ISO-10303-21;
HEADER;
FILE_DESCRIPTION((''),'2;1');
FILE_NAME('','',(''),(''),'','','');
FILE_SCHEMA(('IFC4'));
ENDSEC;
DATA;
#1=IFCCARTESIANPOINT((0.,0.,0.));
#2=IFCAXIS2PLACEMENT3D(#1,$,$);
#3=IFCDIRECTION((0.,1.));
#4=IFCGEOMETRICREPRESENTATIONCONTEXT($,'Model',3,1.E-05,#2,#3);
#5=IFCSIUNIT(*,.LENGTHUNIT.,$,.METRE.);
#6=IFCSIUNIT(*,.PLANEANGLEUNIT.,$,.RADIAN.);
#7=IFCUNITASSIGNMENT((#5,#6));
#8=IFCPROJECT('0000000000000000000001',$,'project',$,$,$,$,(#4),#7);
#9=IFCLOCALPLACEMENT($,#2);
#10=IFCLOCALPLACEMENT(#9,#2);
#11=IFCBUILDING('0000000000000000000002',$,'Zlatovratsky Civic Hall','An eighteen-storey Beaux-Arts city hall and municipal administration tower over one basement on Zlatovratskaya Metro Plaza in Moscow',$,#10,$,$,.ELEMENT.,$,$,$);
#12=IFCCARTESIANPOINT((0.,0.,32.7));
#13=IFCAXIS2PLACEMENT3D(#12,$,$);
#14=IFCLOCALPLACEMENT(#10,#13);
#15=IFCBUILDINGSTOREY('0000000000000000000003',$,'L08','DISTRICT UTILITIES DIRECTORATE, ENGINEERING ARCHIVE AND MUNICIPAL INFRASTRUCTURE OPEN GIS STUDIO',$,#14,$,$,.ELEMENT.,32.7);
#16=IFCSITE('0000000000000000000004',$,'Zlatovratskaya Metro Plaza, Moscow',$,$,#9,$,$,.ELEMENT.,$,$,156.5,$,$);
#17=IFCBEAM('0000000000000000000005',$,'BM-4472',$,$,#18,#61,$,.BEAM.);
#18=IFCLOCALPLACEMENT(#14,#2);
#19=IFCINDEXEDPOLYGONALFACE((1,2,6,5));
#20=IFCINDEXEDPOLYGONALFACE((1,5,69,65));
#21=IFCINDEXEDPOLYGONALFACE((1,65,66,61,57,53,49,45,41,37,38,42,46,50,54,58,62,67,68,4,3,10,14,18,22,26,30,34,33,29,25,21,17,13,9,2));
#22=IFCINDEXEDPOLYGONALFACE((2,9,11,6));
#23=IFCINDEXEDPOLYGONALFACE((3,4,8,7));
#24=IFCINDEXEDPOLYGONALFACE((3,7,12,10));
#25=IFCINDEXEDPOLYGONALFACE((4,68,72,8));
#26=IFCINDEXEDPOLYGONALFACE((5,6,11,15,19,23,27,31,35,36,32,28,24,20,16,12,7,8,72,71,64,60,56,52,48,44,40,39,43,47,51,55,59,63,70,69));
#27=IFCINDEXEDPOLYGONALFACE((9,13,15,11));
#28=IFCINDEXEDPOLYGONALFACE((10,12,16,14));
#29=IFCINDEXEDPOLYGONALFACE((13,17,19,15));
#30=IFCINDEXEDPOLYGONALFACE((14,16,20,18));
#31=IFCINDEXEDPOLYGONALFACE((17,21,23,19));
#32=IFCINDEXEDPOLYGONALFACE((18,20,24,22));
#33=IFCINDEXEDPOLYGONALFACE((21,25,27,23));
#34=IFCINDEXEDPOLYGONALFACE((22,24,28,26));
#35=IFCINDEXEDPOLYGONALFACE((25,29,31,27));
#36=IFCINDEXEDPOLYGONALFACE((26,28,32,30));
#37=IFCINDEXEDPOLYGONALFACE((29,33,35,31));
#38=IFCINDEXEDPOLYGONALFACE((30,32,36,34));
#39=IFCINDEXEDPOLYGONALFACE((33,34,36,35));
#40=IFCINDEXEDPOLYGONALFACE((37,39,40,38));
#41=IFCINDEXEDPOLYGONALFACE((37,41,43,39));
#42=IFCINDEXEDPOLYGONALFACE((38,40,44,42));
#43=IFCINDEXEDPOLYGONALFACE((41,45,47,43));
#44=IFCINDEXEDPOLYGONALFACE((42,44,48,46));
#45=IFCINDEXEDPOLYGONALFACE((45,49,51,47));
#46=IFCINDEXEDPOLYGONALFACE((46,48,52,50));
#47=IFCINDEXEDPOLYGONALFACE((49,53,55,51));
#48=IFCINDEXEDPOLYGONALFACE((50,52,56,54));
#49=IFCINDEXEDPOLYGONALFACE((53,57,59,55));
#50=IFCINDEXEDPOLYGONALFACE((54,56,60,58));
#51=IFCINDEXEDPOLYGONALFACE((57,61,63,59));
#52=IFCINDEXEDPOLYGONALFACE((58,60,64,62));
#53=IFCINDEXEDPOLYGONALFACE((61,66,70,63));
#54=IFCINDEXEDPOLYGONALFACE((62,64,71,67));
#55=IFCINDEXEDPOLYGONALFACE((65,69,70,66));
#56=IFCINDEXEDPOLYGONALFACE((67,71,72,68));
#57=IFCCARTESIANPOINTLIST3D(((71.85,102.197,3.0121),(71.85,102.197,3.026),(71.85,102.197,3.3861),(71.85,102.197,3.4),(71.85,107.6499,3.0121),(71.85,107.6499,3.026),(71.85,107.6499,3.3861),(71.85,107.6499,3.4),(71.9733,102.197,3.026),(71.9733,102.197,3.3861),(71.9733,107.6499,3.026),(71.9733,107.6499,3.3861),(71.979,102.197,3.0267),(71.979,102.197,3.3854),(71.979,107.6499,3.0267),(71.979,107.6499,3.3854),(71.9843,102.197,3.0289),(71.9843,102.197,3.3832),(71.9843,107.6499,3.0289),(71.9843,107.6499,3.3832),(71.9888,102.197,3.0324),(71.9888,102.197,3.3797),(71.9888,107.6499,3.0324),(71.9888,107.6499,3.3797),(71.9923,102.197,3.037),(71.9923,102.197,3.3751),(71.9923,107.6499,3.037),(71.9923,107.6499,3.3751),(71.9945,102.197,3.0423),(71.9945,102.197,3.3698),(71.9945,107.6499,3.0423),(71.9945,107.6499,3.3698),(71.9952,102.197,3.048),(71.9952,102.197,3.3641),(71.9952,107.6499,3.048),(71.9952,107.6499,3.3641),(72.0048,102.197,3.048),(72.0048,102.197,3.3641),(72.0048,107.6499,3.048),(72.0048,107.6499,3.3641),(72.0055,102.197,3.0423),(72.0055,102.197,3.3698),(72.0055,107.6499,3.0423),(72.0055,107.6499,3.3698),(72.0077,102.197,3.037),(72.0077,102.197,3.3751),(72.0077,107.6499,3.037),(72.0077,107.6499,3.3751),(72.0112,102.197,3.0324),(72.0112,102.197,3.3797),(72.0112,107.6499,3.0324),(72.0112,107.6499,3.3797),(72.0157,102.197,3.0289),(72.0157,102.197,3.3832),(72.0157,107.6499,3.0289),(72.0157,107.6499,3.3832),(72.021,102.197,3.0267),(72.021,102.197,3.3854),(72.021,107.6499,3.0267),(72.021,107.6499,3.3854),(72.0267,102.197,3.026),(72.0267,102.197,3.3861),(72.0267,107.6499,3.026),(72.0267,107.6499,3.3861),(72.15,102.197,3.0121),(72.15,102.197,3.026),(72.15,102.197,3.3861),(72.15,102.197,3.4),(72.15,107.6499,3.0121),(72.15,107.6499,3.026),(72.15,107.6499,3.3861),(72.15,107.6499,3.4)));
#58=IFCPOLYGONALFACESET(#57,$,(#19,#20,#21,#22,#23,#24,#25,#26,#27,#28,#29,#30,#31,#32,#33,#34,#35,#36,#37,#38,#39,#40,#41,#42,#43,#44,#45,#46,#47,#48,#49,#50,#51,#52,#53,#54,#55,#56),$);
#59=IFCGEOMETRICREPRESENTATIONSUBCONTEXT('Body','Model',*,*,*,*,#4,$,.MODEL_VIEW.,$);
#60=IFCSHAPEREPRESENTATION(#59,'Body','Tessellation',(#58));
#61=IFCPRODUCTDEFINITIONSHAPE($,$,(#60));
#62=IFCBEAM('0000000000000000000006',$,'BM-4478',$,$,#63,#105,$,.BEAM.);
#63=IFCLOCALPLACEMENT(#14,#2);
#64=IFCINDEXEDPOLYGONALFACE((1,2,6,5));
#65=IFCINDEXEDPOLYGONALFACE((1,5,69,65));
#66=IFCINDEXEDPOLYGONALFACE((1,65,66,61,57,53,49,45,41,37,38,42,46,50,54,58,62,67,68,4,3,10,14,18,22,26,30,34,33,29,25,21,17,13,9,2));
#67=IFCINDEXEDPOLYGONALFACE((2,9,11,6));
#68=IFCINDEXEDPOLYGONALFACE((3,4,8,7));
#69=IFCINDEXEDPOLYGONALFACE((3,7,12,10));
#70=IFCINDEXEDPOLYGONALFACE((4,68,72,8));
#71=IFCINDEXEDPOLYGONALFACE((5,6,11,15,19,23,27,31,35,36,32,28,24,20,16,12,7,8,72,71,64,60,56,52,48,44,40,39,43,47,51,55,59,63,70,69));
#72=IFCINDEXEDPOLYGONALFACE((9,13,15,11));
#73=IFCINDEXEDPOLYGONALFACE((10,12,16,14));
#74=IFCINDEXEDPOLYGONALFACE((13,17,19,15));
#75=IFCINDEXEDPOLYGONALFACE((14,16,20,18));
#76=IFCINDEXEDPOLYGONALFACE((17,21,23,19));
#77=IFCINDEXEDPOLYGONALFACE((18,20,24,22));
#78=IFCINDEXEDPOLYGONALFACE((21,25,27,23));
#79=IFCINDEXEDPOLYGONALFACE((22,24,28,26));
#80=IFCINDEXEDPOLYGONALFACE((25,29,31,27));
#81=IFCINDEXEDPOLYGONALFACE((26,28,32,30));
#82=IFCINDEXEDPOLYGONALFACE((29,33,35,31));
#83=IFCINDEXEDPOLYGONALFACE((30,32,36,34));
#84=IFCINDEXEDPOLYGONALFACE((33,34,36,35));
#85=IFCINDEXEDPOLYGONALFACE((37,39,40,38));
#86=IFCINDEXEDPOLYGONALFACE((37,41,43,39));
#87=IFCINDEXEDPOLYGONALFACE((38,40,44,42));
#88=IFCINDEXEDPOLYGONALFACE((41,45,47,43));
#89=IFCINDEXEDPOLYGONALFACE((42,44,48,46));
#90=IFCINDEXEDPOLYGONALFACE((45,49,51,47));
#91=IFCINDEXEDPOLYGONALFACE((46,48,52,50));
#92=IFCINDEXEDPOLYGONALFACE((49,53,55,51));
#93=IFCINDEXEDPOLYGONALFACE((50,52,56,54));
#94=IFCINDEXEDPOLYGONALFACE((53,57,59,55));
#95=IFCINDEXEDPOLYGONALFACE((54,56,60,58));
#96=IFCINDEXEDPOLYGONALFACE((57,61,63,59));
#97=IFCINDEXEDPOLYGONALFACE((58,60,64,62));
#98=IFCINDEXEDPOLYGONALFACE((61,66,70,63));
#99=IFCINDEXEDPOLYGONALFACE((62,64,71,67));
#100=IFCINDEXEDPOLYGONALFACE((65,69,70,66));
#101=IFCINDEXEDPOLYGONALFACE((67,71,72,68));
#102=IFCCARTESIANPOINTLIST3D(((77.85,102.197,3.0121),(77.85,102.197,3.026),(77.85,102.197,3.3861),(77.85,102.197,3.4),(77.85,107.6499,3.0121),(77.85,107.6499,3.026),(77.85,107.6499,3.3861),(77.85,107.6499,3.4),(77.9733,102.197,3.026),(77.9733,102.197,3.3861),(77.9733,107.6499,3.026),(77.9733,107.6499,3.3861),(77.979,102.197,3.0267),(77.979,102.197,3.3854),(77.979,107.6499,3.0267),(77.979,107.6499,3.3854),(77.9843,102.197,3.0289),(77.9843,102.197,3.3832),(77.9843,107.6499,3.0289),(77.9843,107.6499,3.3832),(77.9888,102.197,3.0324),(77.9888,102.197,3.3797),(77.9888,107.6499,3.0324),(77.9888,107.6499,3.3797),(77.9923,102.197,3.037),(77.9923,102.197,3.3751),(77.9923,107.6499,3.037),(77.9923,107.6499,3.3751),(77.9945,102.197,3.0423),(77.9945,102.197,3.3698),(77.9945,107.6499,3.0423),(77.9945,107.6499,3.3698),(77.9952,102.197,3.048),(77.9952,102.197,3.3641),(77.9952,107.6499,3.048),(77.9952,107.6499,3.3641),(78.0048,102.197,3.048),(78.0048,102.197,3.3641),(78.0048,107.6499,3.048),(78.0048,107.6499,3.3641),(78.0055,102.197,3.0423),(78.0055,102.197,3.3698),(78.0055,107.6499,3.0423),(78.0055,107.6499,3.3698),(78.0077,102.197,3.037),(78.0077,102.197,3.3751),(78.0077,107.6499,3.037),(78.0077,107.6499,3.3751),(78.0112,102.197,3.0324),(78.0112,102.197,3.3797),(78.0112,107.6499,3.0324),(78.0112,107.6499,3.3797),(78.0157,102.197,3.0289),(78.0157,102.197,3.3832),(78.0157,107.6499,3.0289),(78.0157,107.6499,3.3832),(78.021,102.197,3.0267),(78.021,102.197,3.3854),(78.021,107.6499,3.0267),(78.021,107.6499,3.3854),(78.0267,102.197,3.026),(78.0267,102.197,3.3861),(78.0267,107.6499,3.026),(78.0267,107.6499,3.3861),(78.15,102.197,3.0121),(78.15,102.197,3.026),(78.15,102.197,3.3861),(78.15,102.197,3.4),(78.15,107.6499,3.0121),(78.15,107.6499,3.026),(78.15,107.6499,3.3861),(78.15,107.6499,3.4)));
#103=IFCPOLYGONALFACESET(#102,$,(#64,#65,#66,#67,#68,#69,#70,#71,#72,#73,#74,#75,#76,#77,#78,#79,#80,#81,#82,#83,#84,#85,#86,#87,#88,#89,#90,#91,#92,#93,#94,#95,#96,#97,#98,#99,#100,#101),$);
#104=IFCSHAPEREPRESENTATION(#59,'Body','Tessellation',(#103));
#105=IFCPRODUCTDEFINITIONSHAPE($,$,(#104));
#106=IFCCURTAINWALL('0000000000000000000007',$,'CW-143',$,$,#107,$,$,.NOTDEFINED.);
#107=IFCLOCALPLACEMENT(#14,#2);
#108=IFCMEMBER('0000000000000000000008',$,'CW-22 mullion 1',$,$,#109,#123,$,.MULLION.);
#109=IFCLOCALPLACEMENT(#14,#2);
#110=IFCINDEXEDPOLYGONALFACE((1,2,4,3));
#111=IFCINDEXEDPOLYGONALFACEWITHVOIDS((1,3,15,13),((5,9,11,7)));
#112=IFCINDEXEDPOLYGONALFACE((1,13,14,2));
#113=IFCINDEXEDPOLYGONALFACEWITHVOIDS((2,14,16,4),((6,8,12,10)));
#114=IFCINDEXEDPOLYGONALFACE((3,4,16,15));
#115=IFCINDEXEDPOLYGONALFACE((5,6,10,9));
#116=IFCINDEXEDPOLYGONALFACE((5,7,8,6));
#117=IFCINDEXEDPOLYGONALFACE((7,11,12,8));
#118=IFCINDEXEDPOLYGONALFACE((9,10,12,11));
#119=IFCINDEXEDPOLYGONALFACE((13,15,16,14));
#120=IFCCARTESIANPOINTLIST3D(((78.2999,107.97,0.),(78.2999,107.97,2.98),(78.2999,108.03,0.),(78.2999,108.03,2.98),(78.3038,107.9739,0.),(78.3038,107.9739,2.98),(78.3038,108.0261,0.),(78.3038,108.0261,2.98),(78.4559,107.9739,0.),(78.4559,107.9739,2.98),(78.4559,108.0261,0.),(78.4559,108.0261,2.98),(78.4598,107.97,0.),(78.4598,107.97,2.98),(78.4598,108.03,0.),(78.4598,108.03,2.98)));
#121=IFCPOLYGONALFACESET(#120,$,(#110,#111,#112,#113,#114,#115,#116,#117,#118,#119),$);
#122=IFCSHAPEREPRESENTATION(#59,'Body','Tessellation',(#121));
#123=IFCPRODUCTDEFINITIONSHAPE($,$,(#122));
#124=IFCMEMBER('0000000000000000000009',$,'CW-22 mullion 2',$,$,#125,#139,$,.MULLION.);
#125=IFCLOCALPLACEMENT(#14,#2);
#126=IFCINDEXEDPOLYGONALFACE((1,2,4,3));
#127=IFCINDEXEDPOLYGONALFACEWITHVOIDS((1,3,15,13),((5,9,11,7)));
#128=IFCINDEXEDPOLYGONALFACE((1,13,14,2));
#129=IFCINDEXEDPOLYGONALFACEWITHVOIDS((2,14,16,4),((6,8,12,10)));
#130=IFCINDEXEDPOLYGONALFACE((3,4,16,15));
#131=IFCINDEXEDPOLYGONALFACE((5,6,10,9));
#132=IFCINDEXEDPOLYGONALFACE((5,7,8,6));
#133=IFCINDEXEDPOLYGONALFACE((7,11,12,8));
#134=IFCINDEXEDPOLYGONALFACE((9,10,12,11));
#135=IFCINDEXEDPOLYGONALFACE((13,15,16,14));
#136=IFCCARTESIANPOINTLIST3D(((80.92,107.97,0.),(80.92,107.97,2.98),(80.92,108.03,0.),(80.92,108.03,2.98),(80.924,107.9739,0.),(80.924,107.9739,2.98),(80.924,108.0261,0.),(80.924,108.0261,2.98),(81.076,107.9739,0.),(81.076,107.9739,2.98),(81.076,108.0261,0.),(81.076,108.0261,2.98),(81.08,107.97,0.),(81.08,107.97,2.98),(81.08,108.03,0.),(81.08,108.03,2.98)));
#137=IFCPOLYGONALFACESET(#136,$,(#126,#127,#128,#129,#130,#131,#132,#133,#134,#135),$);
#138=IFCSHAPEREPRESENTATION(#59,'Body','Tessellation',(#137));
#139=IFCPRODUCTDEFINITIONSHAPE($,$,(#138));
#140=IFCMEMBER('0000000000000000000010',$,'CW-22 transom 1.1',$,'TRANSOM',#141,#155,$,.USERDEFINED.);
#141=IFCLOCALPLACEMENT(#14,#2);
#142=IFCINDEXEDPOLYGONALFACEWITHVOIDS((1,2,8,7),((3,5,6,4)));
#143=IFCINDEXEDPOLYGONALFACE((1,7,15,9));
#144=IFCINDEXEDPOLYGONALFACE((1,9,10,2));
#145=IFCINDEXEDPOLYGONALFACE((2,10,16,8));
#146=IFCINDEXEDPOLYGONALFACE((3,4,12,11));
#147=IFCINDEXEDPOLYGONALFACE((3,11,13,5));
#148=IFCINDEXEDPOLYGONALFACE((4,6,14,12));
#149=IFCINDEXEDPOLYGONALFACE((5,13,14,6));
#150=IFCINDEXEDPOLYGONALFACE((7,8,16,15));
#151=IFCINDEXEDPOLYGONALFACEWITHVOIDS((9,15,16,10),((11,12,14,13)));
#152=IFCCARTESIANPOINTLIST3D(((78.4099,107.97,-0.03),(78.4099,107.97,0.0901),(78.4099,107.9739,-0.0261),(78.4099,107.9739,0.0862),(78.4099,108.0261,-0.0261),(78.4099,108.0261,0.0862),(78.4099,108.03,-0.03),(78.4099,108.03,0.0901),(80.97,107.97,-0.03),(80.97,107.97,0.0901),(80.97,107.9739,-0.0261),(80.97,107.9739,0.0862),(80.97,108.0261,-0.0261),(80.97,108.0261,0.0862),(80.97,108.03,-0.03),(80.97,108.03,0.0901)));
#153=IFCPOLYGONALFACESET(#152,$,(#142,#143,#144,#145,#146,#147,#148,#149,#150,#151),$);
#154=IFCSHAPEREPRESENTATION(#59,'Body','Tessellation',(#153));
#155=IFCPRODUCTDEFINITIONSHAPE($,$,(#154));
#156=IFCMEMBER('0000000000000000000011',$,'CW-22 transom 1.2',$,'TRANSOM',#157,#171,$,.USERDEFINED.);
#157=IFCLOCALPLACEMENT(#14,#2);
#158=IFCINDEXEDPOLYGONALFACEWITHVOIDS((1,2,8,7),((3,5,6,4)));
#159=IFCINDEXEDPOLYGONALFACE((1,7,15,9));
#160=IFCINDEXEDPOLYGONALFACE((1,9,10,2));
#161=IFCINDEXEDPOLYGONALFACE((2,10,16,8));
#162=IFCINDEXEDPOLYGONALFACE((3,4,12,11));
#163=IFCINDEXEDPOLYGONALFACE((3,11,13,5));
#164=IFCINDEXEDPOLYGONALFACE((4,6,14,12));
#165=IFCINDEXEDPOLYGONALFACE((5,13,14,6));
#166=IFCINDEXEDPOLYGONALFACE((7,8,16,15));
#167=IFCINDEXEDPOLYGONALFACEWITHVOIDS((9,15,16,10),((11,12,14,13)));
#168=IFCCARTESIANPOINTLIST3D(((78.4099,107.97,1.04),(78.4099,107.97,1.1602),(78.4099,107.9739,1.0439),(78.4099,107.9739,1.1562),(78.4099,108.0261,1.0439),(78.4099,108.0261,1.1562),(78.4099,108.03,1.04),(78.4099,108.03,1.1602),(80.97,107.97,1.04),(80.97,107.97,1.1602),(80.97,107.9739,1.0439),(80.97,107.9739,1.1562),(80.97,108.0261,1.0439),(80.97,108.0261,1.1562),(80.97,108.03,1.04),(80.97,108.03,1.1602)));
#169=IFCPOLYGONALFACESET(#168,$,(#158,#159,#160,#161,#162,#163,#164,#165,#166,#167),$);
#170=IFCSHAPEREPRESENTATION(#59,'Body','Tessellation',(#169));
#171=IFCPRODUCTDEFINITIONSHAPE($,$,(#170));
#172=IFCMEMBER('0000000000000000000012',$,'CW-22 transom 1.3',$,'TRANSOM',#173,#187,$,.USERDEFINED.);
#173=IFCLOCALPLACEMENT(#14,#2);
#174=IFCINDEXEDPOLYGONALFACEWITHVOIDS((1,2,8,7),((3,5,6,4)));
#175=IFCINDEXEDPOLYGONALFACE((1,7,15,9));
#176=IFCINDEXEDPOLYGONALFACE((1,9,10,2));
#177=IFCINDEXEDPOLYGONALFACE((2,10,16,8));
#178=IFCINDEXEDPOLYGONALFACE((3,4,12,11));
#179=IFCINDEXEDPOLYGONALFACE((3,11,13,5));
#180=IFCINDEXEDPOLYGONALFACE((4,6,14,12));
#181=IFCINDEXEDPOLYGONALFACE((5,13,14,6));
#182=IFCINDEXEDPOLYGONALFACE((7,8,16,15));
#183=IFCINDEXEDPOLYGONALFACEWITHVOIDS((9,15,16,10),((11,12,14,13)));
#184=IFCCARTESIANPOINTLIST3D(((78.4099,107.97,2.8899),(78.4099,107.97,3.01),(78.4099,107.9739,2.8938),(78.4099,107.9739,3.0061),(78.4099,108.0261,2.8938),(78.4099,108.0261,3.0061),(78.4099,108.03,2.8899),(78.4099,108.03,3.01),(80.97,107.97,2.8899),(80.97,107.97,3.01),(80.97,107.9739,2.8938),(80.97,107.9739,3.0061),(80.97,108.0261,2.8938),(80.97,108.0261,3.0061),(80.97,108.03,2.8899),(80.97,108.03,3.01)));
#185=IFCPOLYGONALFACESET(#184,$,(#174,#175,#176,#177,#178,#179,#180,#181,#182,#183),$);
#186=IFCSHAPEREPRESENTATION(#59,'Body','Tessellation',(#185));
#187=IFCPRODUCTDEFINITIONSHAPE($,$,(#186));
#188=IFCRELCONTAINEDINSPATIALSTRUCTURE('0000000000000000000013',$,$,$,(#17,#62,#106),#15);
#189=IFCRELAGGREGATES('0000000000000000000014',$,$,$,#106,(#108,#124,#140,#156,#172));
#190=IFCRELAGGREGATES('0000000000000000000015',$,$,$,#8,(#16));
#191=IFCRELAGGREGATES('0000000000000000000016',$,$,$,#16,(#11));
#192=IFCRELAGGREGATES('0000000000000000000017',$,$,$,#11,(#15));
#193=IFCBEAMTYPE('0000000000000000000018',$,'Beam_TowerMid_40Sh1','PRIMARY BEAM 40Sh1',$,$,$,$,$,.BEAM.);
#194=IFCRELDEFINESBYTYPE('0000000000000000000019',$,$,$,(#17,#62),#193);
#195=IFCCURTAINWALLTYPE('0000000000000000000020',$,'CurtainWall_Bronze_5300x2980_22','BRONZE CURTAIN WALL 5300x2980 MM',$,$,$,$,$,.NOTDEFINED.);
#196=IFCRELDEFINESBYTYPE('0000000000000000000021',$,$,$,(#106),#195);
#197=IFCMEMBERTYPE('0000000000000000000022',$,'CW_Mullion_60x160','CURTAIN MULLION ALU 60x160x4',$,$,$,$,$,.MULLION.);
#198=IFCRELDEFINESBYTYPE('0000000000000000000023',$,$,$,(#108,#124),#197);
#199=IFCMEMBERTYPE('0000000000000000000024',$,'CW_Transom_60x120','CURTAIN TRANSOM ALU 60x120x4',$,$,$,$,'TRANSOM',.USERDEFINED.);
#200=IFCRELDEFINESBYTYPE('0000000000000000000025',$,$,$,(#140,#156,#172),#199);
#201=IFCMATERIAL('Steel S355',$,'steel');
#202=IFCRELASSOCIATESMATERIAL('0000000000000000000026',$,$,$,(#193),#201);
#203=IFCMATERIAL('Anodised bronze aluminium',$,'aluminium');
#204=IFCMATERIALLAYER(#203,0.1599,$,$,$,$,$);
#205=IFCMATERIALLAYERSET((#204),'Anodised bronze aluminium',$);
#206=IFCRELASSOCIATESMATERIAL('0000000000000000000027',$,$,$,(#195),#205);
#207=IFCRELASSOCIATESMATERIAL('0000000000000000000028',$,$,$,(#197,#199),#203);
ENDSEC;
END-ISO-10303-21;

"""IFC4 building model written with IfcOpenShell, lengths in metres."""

from ifc_helpers import new_model, si_unit, direction, frame, origin, origin_2d, place, context, subcontext, project, spatial, hollow_rectangle, i_section, extrude, material, layer, layer_set, material_profile, profile_set, type_object, element, aggregate, save


model = new_model("IFC4")

# Units and contexts
model_context = context("Model", 3, precision=1e-05, world=origin(), true_north=direction((0.0, 1.0)))
body_context = subcontext(model_context, "Body", "Model", "MODEL_VIEW")
ifc_project = project(units=[si_unit("LENGTHUNIT", "METRE"), si_unit("PLANEANGLEUNIT", "RADIAN")], contexts=[model_context])

# Site, building, storey
site_placement = place(None, origin())
site = spatial("IfcSite", under=ifc_project, at=site_placement, Name="Zlatovratskaya Metro Plaza, Moscow", CompositionType="ELEMENT", RefElevation=156.5)
building_placement = place(site_placement, origin())
building = spatial("IfcBuilding", under=site, at=building_placement, Name="Zlatovratsky Civic Hall", Description="An eighteen-storey Beaux-Arts city hall and municipal administration tower over one basement on Zlatovratskaya Metro Plaza in Moscow", CompositionType="ELEMENT")
storey_placement = place(building_placement, frame((0.0, 0.0, 32.7)))
storey = spatial("IfcBuildingStorey", under=building, at=storey_placement, Name="L08", Description="DISTRICT UTILITIES DIRECTORATE, ENGINEERING ARCHIVE AND MUNICIPAL INFRASTRUCTURE OPEN GIS STUDIO", CompositionType="ELEMENT", Elevation=32.7)

# Shared definitions
ifc_material_1 = material(Name="Steel S355", Category="steel")

# Beams
ifc_material_profile_1 = material_profile(ifc_material_1, i_section(OverallWidth=0.3, OverallDepth=0.3879, WebThickness=0.0095, FlangeThickness=0.0139, FilletRadius=0.022, at=origin_2d()), Name="40Sh1")
ifc_profile_set_1 = profile_set([ifc_material_profile_1], Name="Steel S355")
beam_type_1 = type_object("IfcBeamType", Name="Beam_TowerMid_40Sh1", Description="PRIMARY BEAM 40Sh1", PredefinedType="BEAM", material=ifc_profile_set_1)
for number, where, z_axis, x_axis, name in (
    (1, (72.0, 102.197, 3.2061), (0.0, 1.0, 0.0), (-1.0, 0.0, 0.0), "BM-4472"),
    (2, (78.0, 102.197, 3.2061), (0.0, 1.0, 0.0), (-1.0, 0.0, 0.0), "BM-4478"),
):
    element("IfcBeam", number, at=place(storey_placement, frame(where, z_axis=z_axis, x_axis=x_axis)), inside=storey, type_object=beam_type_1, Name=name, PredefinedType="BEAM", context=body_context, shape_type="SweptSolid", body=[
        extrude(i_section(OverallWidth=0.3, OverallDepth=0.3879, WebThickness=0.0095, FlangeThickness=0.0139, FilletRadius=0.022, at=origin_2d()), origin(), (0.0, 0.0, 1.0), 5.4529),
    ])

# Curtain wall, members
ifc_material_2 = material(Name="Anodised bronze aluminium", Category="aluminium")
ifc_layer_1 = layer(ifc_material_2, 0.1599)
ifc_layer_set_1 = layer_set([ifc_layer_1], Name="Anodised bronze aluminium")
curtain_wall_type = type_object("IfcCurtainWallType", Name="CurtainWall_Bronze_5300x2980_22", Description="BRONZE CURTAIN WALL 5300x2980 MM", PredefinedType="NOTDEFINED", material=ifc_layer_set_1)
curtain_wall_placement = place(storey_placement, origin())
curtain_wall = element("IfcCurtainWall", 3, at=curtain_wall_placement, inside=storey, type_object=curtain_wall_type, Name="CW-143", PredefinedType="NOTDEFINED")
ifc_material_profile_2 = material_profile(ifc_material_2, hollow_rectangle(XDim=0.0601, YDim=0.1599, WallThickness=0.0039, at=origin_2d()), Name="ALU 60x160x4")
ifc_profile_set_2 = profile_set([ifc_material_profile_2], Name="Anodised bronze aluminium")
member_type_1 = type_object("IfcMemberType", Name="CW_Mullion_60x160", Description="CURTAIN MULLION ALU 60x160x4", PredefinedType="MULLION", material=ifc_profile_set_2)
member_1_placement = place(storey_placement, frame((78.3799, 108.0, 0.0), z_axis=(0.0, 0.0, 1.0), x_axis=(0.0, 1.0, 0.0)))
member_1 = element("IfcMember", 4, at=member_1_placement, type_object=member_type_1, Name="CW-22 mullion 1", PredefinedType="MULLION", context=body_context, shape_type="SweptSolid", body=[
    extrude(hollow_rectangle(XDim=0.0601, YDim=0.1599, WallThickness=0.0039, at=origin_2d()), origin(), (0.0, 0.0, 1.0), 2.98),
])
member_2_placement = place(storey_placement, frame((81.0, 108.0, 0.0), z_axis=(0.0, 0.0, 1.0), x_axis=(0.0, 1.0, 0.0)))
member_2 = element("IfcMember", 5, at=member_2_placement, type_object=member_type_1, Name="CW-22 mullion 2", PredefinedType="MULLION", context=body_context, shape_type="SweptSolid", body=[
    extrude(hollow_rectangle(XDim=0.0601, YDim=0.1599, WallThickness=0.0039, at=origin_2d()), origin(), (0.0, 0.0, 1.0), 2.98),
])
ifc_material_profile_3 = material_profile(ifc_material_2, hollow_rectangle(XDim=0.0601, YDim=0.1201, WallThickness=0.0039, at=origin_2d()), Name="ALU 60x120x4")
ifc_profile_set_3 = profile_set([ifc_material_profile_3], Name="Anodised bronze aluminium")
member_type_2 = type_object("IfcMemberType", Name="CW_Transom_60x120", Description="CURTAIN TRANSOM ALU 60x120x4", ElementType="TRANSOM", PredefinedType="USERDEFINED", material=ifc_profile_set_3)
member_3_placement = place(storey_placement, frame((78.4099, 108.0, 0.03), z_axis=(1.0, 0.0, 0.0), x_axis=(0.0, 1.0, 0.0)))
member_3 = element("IfcMember", 6, at=member_3_placement, type_object=member_type_2, Name="CW-22 transom 1.1", ObjectType="TRANSOM", PredefinedType="USERDEFINED", context=body_context, shape_type="SweptSolid", body=[
    extrude(hollow_rectangle(XDim=0.0601, YDim=0.1201, WallThickness=0.0039, at=origin_2d()), origin(), (0.0, 0.0, 1.0), 2.5601),
])
member_4_placement = place(storey_placement, frame((78.4099, 108.0, 1.1001), z_axis=(1.0, 0.0, 0.0), x_axis=(0.0, 1.0, 0.0)))
member_4 = element("IfcMember", 7, at=member_4_placement, type_object=member_type_2, Name="CW-22 transom 1.2", ObjectType="TRANSOM", PredefinedType="USERDEFINED", context=body_context, shape_type="SweptSolid", body=[
    extrude(hollow_rectangle(XDim=0.0601, YDim=0.1201, WallThickness=0.0039, at=origin_2d()), origin(), (0.0, 0.0, 1.0), 2.5601),
])
member_5_placement = place(storey_placement, frame((78.4099, 108.0, 2.95), z_axis=(1.0, 0.0, 0.0), x_axis=(0.0, 1.0, 0.0)))
member_5 = element("IfcMember", 8, at=member_5_placement, type_object=member_type_2, Name="CW-22 transom 1.3", ObjectType="TRANSOM", PredefinedType="USERDEFINED", context=body_context, shape_type="SweptSolid", body=[
    extrude(hollow_rectangle(XDim=0.0601, YDim=0.1201, WallThickness=0.0039, at=origin_2d()), origin(), (0.0, 0.0, 1.0), 2.5601),
])
aggregate(curtain_wall, [member_1, member_2, member_3, member_4, member_5])

save(model, "model.ifc")
